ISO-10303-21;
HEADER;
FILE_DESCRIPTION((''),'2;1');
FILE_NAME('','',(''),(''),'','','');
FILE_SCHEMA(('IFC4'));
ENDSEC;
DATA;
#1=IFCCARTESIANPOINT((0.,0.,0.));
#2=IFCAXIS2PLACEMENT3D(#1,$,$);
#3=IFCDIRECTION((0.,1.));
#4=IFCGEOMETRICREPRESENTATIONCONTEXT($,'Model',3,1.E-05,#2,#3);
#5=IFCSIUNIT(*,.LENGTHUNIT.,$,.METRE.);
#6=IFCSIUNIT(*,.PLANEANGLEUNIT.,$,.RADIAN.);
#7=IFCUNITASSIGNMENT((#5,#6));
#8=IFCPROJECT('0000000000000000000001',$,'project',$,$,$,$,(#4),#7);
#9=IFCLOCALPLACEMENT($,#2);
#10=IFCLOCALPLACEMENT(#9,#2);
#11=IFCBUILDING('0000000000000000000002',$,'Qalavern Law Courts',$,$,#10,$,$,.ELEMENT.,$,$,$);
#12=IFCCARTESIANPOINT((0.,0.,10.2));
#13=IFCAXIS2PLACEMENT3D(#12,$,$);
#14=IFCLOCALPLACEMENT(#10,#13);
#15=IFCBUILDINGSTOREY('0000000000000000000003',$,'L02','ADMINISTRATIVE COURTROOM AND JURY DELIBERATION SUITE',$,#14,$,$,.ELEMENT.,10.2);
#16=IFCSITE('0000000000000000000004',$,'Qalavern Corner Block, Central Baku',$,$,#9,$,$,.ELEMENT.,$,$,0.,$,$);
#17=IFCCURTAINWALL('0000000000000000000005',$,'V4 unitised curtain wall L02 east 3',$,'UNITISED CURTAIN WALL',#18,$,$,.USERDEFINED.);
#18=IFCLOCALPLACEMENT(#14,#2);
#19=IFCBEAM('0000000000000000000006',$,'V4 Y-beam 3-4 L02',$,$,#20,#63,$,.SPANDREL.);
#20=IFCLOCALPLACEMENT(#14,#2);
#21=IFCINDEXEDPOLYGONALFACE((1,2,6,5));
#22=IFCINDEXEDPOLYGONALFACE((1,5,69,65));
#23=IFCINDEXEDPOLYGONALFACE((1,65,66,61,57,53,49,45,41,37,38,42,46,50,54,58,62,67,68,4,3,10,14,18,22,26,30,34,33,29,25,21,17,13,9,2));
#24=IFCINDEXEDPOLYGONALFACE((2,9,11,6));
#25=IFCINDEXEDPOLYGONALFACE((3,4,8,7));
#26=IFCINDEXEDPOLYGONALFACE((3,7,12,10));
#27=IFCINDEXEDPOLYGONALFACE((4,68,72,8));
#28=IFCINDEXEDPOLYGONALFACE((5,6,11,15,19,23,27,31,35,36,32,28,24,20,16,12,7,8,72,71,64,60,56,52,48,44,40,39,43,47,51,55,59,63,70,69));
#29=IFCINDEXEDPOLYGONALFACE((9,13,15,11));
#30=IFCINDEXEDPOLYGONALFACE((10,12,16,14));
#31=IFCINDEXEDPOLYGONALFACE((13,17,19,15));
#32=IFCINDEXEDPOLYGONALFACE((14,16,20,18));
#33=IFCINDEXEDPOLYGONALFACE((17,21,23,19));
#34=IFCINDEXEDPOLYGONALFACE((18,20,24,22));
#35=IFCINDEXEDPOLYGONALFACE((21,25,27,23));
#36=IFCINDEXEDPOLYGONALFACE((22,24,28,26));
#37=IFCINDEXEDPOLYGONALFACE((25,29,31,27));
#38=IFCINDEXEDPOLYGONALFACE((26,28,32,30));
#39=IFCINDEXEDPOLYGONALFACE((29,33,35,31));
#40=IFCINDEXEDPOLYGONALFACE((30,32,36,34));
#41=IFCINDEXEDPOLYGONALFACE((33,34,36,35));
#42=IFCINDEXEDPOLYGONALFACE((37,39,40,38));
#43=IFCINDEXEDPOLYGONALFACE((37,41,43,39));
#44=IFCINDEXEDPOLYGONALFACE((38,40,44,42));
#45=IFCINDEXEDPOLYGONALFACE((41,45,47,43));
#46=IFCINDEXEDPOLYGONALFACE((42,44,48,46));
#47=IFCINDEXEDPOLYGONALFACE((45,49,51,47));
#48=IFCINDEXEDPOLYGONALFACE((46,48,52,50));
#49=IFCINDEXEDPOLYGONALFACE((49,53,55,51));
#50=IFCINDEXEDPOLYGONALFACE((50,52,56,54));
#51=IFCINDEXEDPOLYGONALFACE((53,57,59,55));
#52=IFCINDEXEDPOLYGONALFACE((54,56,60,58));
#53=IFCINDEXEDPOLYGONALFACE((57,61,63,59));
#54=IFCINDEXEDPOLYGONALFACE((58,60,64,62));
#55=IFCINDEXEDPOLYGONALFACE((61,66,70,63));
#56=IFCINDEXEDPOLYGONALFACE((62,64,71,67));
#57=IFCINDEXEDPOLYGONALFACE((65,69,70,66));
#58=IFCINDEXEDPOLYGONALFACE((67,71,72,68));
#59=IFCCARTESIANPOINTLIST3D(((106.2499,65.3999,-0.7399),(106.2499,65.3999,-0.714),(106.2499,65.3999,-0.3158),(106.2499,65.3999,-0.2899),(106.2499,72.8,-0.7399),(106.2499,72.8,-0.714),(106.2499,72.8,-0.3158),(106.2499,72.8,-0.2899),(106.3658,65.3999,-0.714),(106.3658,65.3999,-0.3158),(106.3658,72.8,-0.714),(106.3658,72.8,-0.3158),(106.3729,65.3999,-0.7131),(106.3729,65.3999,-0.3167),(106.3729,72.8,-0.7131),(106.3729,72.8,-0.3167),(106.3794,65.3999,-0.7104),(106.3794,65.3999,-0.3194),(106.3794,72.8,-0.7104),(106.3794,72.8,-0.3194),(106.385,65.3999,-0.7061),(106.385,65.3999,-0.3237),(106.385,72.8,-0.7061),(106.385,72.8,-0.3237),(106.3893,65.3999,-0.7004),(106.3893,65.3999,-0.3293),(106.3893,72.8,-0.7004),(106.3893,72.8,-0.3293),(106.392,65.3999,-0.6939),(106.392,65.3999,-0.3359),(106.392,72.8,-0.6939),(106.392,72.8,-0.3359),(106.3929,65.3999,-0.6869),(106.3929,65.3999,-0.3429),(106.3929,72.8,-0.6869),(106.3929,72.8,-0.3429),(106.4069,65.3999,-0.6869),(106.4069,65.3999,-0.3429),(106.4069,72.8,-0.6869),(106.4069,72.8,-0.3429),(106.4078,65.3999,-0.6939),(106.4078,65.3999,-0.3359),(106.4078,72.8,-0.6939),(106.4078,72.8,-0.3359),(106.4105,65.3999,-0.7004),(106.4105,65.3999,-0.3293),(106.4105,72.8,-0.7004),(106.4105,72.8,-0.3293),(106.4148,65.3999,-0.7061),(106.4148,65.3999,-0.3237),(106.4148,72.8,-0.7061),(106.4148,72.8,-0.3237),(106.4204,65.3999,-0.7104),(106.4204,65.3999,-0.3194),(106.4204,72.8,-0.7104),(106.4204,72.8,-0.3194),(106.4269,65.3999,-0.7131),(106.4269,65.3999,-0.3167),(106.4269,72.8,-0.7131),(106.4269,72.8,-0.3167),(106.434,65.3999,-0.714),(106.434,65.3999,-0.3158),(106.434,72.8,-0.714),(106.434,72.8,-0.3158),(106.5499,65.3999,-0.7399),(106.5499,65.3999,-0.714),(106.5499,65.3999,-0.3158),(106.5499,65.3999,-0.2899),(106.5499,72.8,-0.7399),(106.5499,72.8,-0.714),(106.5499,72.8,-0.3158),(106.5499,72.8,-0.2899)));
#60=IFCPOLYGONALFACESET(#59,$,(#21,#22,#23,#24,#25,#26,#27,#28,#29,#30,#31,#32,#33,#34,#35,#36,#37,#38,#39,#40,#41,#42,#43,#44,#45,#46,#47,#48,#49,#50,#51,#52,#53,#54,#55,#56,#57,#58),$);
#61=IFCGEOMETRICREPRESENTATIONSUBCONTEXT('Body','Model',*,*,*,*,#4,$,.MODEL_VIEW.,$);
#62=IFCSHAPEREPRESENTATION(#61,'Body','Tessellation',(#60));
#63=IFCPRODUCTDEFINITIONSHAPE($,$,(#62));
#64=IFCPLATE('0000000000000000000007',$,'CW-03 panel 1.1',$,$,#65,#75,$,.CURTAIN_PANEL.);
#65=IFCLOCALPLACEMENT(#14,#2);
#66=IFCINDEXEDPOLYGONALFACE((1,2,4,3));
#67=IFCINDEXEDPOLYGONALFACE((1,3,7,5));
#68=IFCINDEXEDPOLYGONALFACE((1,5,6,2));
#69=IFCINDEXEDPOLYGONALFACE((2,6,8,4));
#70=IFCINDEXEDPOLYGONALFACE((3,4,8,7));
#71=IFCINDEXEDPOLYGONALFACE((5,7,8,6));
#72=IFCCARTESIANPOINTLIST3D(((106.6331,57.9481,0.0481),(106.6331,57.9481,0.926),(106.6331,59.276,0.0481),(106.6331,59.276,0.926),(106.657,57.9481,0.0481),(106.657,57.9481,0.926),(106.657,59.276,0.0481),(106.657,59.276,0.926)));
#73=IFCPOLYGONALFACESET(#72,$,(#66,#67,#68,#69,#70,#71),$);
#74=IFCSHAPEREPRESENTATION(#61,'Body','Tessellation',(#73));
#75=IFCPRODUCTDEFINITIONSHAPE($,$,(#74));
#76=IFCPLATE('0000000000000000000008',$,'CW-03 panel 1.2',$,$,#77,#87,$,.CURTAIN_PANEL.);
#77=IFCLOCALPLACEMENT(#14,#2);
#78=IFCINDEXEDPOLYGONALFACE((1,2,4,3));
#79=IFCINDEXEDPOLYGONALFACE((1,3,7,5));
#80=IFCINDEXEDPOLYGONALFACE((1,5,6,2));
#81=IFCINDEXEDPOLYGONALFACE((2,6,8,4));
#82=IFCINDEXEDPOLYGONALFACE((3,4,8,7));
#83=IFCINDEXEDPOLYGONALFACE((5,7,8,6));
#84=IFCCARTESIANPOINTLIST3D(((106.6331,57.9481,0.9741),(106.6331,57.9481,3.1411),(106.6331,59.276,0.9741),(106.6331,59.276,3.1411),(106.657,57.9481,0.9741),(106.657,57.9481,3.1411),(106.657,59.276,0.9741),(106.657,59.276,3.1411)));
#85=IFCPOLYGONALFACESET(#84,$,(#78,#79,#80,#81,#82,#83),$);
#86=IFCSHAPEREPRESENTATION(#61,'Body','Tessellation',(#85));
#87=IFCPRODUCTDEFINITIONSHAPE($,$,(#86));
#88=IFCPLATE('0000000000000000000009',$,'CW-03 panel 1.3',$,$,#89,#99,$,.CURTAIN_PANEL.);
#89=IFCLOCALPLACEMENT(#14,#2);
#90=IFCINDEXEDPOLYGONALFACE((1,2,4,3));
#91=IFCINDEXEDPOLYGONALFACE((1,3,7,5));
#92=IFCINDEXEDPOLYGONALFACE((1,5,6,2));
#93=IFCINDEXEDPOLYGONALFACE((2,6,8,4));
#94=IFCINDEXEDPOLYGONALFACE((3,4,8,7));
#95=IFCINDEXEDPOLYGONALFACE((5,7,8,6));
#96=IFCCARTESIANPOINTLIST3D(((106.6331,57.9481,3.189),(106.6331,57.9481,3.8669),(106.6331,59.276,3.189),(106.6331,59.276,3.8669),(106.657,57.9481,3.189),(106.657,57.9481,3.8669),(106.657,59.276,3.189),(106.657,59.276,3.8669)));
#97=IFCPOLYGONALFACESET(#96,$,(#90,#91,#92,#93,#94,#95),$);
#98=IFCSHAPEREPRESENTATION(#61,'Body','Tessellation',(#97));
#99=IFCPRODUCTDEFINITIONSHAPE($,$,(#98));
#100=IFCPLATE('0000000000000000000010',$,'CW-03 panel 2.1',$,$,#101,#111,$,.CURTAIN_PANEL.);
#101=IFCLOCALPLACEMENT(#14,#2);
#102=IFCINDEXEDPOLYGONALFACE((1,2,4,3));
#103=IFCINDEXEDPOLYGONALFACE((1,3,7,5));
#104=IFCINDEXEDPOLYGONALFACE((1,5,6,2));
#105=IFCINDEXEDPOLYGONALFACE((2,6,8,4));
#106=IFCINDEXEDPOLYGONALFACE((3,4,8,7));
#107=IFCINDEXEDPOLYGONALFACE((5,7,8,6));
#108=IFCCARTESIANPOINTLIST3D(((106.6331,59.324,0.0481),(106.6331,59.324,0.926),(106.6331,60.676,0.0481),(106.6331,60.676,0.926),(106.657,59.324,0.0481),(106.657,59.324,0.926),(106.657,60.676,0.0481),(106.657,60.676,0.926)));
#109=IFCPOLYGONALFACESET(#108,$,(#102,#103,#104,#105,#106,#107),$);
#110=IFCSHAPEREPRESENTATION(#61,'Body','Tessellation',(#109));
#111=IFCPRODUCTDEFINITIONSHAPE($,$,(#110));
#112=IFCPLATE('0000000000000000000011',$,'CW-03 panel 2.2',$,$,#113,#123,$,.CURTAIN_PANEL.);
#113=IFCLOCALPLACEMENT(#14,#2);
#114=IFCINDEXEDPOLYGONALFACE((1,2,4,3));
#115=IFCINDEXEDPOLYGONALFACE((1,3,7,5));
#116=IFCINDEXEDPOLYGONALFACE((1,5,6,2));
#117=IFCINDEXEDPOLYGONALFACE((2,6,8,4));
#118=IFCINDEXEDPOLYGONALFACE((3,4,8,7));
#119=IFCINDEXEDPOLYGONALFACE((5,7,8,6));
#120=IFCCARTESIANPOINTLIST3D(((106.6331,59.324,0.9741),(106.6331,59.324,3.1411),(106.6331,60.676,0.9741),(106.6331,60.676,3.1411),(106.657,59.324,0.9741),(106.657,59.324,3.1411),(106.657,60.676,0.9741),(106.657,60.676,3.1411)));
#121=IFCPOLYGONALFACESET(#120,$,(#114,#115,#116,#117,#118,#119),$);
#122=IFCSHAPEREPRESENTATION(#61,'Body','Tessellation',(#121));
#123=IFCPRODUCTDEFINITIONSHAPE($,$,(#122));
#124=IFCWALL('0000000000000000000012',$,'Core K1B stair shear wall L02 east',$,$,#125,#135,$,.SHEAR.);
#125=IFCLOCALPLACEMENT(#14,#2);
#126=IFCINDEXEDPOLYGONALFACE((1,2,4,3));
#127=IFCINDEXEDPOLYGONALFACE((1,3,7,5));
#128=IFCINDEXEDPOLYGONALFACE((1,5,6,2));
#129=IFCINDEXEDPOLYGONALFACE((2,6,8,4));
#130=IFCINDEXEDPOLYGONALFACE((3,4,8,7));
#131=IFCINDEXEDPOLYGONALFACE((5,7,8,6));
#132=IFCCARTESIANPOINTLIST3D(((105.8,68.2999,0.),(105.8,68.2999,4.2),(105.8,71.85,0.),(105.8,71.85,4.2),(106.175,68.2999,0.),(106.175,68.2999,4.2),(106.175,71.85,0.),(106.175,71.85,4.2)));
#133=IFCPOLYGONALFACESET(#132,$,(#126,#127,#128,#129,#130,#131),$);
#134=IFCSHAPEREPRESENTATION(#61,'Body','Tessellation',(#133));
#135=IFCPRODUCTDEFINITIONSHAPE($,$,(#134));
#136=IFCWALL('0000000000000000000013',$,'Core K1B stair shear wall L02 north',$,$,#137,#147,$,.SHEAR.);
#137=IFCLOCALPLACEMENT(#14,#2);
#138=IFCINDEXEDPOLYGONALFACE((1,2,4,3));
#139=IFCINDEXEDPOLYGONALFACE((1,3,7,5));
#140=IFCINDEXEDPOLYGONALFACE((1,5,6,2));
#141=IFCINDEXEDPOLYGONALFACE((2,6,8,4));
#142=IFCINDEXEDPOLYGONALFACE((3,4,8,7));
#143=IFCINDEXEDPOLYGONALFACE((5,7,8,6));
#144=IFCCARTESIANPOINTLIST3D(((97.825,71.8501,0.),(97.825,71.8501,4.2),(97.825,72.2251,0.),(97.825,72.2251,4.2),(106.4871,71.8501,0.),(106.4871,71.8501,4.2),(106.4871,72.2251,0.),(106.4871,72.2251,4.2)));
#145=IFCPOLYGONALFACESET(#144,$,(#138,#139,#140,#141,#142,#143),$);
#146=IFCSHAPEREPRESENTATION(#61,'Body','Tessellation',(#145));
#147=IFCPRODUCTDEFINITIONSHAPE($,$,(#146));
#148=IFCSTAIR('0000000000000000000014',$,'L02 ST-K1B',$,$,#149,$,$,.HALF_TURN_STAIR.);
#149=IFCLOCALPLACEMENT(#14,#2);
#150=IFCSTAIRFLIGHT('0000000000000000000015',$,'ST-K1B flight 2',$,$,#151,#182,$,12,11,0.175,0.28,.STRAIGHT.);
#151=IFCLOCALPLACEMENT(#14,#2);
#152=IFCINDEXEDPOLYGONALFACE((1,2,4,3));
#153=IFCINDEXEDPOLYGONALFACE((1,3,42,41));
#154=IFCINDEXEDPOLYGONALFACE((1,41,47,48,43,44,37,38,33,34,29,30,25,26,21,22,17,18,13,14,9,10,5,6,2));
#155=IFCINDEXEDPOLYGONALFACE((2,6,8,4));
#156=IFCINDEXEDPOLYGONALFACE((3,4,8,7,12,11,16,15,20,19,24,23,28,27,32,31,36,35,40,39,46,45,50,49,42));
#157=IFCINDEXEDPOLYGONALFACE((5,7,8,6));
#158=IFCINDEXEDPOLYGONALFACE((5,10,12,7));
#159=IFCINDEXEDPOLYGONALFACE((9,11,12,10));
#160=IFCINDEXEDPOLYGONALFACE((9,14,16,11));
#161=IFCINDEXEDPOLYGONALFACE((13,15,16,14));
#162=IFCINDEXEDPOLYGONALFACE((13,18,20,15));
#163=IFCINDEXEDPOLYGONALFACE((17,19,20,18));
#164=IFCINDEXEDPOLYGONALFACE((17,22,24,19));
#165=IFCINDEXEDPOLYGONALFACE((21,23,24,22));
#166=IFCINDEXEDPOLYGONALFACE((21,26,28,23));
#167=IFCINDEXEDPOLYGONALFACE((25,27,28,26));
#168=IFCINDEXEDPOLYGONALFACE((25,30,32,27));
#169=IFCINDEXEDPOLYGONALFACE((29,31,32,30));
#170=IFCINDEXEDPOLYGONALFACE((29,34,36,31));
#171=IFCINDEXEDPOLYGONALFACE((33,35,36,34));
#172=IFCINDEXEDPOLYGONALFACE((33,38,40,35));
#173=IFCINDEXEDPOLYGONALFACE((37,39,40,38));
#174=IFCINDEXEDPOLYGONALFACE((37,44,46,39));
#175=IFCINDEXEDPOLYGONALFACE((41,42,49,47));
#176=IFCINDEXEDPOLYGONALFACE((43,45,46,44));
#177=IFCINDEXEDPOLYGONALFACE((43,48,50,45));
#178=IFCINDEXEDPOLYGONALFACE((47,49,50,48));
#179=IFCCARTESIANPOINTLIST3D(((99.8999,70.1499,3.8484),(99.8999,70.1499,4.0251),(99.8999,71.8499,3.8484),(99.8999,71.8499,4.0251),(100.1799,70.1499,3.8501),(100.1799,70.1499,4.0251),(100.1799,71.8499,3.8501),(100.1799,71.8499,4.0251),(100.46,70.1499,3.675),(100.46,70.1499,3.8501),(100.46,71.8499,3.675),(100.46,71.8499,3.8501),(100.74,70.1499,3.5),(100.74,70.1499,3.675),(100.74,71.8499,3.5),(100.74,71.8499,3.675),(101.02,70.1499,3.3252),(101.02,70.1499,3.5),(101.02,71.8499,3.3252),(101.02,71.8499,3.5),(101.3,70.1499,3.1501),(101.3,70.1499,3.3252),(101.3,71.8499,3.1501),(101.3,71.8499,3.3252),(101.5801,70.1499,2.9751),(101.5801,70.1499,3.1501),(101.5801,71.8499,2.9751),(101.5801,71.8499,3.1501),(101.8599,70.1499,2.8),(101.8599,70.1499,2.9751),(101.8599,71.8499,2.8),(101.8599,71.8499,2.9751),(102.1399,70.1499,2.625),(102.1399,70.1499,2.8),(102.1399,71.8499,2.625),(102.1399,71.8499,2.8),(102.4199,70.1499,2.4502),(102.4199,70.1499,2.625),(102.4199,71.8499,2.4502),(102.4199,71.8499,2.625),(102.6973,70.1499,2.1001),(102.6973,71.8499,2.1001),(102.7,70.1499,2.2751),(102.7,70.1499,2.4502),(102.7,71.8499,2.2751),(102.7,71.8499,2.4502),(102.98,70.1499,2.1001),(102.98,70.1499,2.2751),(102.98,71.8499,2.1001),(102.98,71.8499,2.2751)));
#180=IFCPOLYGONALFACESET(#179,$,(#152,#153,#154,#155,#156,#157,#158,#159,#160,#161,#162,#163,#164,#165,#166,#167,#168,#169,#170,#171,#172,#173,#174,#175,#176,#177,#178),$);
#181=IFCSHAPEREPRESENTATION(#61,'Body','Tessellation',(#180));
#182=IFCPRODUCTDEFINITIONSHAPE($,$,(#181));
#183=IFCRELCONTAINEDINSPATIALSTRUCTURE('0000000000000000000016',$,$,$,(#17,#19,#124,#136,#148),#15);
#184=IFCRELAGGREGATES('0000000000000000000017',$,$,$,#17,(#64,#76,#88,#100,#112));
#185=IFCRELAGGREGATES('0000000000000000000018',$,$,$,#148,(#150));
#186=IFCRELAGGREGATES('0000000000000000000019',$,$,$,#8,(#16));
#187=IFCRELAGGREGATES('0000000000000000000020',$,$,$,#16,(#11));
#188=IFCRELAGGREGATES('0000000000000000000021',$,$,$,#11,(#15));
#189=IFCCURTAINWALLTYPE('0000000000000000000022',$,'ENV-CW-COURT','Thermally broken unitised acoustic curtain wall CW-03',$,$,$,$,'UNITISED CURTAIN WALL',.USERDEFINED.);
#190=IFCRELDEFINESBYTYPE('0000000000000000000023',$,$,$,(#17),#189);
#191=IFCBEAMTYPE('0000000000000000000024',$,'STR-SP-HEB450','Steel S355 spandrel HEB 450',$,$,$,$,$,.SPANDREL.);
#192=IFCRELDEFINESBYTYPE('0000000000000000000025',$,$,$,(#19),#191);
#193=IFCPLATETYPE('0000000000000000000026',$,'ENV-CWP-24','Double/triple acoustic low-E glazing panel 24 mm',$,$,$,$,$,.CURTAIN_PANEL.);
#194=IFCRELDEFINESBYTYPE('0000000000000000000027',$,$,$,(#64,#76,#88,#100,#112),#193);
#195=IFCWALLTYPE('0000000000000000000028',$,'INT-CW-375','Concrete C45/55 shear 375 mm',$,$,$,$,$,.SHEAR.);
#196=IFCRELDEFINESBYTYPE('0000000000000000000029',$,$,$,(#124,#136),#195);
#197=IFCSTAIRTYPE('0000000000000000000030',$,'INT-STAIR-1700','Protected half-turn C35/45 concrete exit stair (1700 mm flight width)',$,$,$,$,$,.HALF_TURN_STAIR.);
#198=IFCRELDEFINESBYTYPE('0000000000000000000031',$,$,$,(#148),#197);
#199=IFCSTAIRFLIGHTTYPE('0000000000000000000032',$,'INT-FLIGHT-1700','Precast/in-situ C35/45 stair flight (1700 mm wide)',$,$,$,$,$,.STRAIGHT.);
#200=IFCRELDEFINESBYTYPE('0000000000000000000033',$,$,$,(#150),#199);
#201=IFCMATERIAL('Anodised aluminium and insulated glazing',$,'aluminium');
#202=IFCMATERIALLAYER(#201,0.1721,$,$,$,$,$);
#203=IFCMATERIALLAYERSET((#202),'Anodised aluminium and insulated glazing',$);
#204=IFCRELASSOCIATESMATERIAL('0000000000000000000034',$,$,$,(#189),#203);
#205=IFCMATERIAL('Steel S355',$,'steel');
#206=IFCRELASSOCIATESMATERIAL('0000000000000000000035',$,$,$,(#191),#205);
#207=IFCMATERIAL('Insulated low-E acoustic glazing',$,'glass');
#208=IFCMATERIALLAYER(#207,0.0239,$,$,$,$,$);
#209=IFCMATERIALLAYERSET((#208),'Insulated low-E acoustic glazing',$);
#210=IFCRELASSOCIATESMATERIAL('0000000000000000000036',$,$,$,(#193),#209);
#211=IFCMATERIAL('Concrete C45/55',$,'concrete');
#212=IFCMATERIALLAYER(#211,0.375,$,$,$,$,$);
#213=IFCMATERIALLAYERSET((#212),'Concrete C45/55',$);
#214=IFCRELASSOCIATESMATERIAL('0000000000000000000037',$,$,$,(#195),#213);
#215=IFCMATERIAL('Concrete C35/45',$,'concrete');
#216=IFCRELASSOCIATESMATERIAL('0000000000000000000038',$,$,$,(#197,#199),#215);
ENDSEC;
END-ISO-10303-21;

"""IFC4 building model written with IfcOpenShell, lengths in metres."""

from ifc_helpers import new_model, si_unit, direction, frame, frame_2d, origin, origin_2d, place, context, subcontext, project, spatial, polyline, rectangle, i_section, outline, extrude, material, layer, layer_set, material_profile, profile_set, type_object, element, aggregate, save


model = new_model("IFC4")

# Units and contexts
model_context = context("Model", 3, precision=1e-05, world=origin(), true_north=direction((0.0, 1.0)))
body_context = subcontext(model_context, "Body", "Model", "MODEL_VIEW")
ifc_project = project(units=[si_unit("LENGTHUNIT", "METRE"), si_unit("PLANEANGLEUNIT", "RADIAN")], contexts=[model_context])

# Site, building, storey
site_placement = place(None, origin())
site = spatial("IfcSite", under=ifc_project, at=site_placement, Name="Qalavern Corner Block, Central Baku", CompositionType="ELEMENT", RefElevation=0.0)
building_placement = place(site_placement, origin())
building = spatial("IfcBuilding", under=site, at=building_placement, Name="Qalavern Law Courts", CompositionType="ELEMENT")
storey_placement = place(building_placement, frame((0.0, 0.0, 10.2)))
storey = spatial("IfcBuildingStorey", under=building, at=storey_placement, Name="L02", Description="ADMINISTRATIVE COURTROOM AND JURY DELIBERATION SUITE", CompositionType="ELEMENT", Elevation=10.2)

# Shared definitions
ifc_material_1 = material(Name="Concrete C45/55", Category="concrete")

# Curtain wall
ifc_material_2 = material(Name="Anodised aluminium and insulated glazing", Category="aluminium")
ifc_layer_1 = layer(ifc_material_2, 0.1721)
ifc_layer_set_1 = layer_set([ifc_layer_1], Name="Anodised aluminium and insulated glazing")
curtain_wall_type = type_object("IfcCurtainWallType", Name="ENV-CW-COURT", Description="Thermally broken unitised acoustic curtain wall CW-03", ElementType="UNITISED CURTAIN WALL", PredefinedType="USERDEFINED", material=ifc_layer_set_1)
curtain_wall_placement = place(storey_placement, origin())
curtain_wall = element("IfcCurtainWall", 1, at=curtain_wall_placement, inside=storey, type_object=curtain_wall_type, Name="V4 unitised curtain wall L02 east 3", ObjectType="UNITISED CURTAIN WALL", PredefinedType="USERDEFINED")

# Beam
ifc_material_3 = material(Name="Steel S355", Category="steel")
ifc_material_profile_1 = material_profile(ifc_material_3, i_section(OverallWidth=0.3, OverallDepth=0.45, WebThickness=0.0139, FlangeThickness=0.0259, FilletRadius=0.0271, at=origin_2d()), Name="HEB 450")
ifc_profile_set_1 = profile_set([ifc_material_profile_1], Name="Steel S355")
beam_type = type_object("IfcBeamType", Name="STR-SP-HEB450", Description="Steel S355 spandrel HEB 450", PredefinedType="SPANDREL", material=ifc_profile_set_1)
beam_placement = place(storey_placement, frame((106.3999, 65.3999, -0.5149), z_axis=(0.0, 1.0, 0.0), x_axis=(-1.0, 0.0, 0.0)))
element("IfcBeam", 2, at=beam_placement, inside=storey, type_object=beam_type, Name="V4 Y-beam 3-4 L02", PredefinedType="SPANDREL", context=body_context, shape_type="SweptSolid", body=[
    extrude(i_section(OverallWidth=0.3, OverallDepth=0.45, WebThickness=0.0139, FlangeThickness=0.0259, FilletRadius=0.0271, at=origin_2d()), origin(), (0.0, 0.0, 1.0), 7.4001),
])

# Plates
ifc_material_4 = material(Name="Insulated low-E acoustic glazing", Category="glass")
ifc_layer_2 = layer(ifc_material_4, 0.0239)
ifc_layer_set_2 = layer_set([ifc_layer_2], Name="Insulated low-E acoustic glazing")
plate_type = type_object("IfcPlateType", Name="ENV-CWP-24", Description="Double/triple acoustic low-E glazing panel 24 mm", PredefinedType="CURTAIN_PANEL", material=ifc_layer_set_2)
plate_1_placement = place(storey_placement, frame((106.645, 58.6121, 0.0481), z_axis=(0.0, 0.0, 1.0), x_axis=(0.0, 1.0, 0.0)))
plate_1 = element("IfcPlate", 3, at=plate_1_placement, type_object=plate_type, Name="CW-03 panel 1.1", PredefinedType="CURTAIN_PANEL", context=body_context, shape_type="SweptSolid", body=[
    extrude(rectangle(XDim=1.3279, YDim=0.0239, at=origin_2d()), origin(), (0.0, 0.0, 1.0), 0.8779),
])
plate_2_placement = place(storey_placement, frame((106.645, 58.6121, 0.9741), z_axis=(0.0, 0.0, 1.0), x_axis=(0.0, 1.0, 0.0)))
plate_2 = element("IfcPlate", 4, at=plate_2_placement, type_object=plate_type, Name="CW-03 panel 1.2", PredefinedType="CURTAIN_PANEL", context=body_context, shape_type="SweptSolid", body=[
    extrude(rectangle(XDim=1.3279, YDim=0.0239, at=origin_2d()), origin(), (0.0, 0.0, 1.0), 2.167),
])
plate_3_placement = place(storey_placement, frame((106.645, 58.6121, 3.189), z_axis=(0.0, 0.0, 1.0), x_axis=(0.0, 1.0, 0.0)))
plate_3 = element("IfcPlate", 5, at=plate_3_placement, type_object=plate_type, Name="CW-03 panel 1.3", PredefinedType="CURTAIN_PANEL", context=body_context, shape_type="SweptSolid", body=[
    extrude(rectangle(XDim=1.3279, YDim=0.0239, at=origin_2d()), origin(), (0.0, 0.0, 1.0), 0.678),
])
plate_4_placement = place(storey_placement, frame((106.645, 60.0, 0.0481), z_axis=(0.0, 0.0, 1.0), x_axis=(0.0, 1.0, 0.0)))
plate_4 = element("IfcPlate", 6, at=plate_4_placement, type_object=plate_type, Name="CW-03 panel 2.1", PredefinedType="CURTAIN_PANEL", context=body_context, shape_type="SweptSolid", body=[
    extrude(rectangle(XDim=1.3521, YDim=0.0239, at=origin_2d()), origin(), (0.0, 0.0, 1.0), 0.8779),
])
plate_5_placement = place(storey_placement, frame((106.645, 60.0, 0.9741), z_axis=(0.0, 0.0, 1.0), x_axis=(0.0, 1.0, 0.0)))
plate_5 = element("IfcPlate", 7, at=plate_5_placement, type_object=plate_type, Name="CW-03 panel 2.2", PredefinedType="CURTAIN_PANEL", context=body_context, shape_type="SweptSolid", body=[
    extrude(rectangle(XDim=1.3521, YDim=0.0239, at=origin_2d()), origin(), (0.0, 0.0, 1.0), 2.167),
])
aggregate(curtain_wall, [plate_1, plate_2, plate_3, plate_4, plate_5])

# Walls
ifc_layer_3 = layer(ifc_material_1, 0.375)
ifc_layer_set_3 = layer_set([ifc_layer_3], Name="Concrete C45/55")
wall_type = type_object("IfcWallType", Name="INT-CW-375", Description="Concrete C45/55 shear 375 mm", PredefinedType="SHEAR", material=ifc_layer_set_3)
wall_1_placement = place(storey_placement, frame((105.9875, 68.3, 0.0), z_axis=(0.0, 0.0, 1.0), x_axis=(0.0, 1.0, 0.0)))
element("IfcWall", 8, at=wall_1_placement, inside=storey, type_object=wall_type, Name="Core K1B stair shear wall L02 east", PredefinedType="SHEAR", context=body_context, shape_type="SweptSolid", body=[
    extrude(rectangle(XDim=3.55, YDim=0.375, at=frame_2d((1.7749, 0.0))), origin(), (0.0, 0.0, 1.0), 4.2),
])
wall_2_placement = place(storey_placement, frame((106.4871, 72.0376, 0.0), z_axis=(0.0, 0.0, 1.0), x_axis=(-1.0, 0.0, 0.0)))
element("IfcWall", 9, at=wall_2_placement, inside=storey, type_object=wall_type, Name="Core K1B stair shear wall L02 north", PredefinedType="SHEAR", context=body_context, shape_type="SweptSolid", body=[
    extrude(rectangle(XDim=8.6621, YDim=0.375, at=frame_2d((4.3311, 0.0))), origin(), (0.0, 0.0, 1.0), 4.2),
])

# Stair, stair flight
ifc_material_5 = material(Name="Concrete C35/45", Category="concrete")
stair_type = type_object("IfcStairType", Name="INT-STAIR-1700", Description="Protected half-turn C35/45 concrete exit stair (1700 mm flight width)", PredefinedType="HALF_TURN_STAIR", material=ifc_material_5)
stair_placement = place(storey_placement, origin())
stair = element("IfcStair", 10, at=stair_placement, inside=storey, type_object=stair_type, Name="L02 ST-K1B", PredefinedType="HALF_TURN_STAIR")
stair_flight_type = type_object("IfcStairFlightType", Name="INT-FLIGHT-1700", Description="Precast/in-situ C35/45 stair flight (1700 mm wide)", PredefinedType="STRAIGHT", material=ifc_material_5)
stair_flight_placement = place(storey_placement, frame((102.98, 71.0, 2.1001), z_axis=(0.0, 0.0, 1.0), x_axis=(-1.0, 0.0, 0.0)))
stair_flight = element("IfcStairFlight", 11, at=stair_flight_placement, type_object=stair_flight_type, Name="ST-K1B flight 2", NumberOfRisers=12, NumberOfTreads=11, PredefinedType="STRAIGHT", RiserHeight=0.175, TreadLength=0.28, context=body_context, shape_type="SweptSolid", body=[
    extrude(outline(polyline([(0.0, 0.0), (0.0, 0.175), (0.28, 0.175), (0.28, 0.3501), (0.5601, 0.3501), (0.5601, 0.5249), (0.8401, 0.5249), (0.8401, 0.7), (1.1201, 0.7), (1.1201, 0.875), (1.3999, 0.875), (1.3999, 1.05), (1.6799, 1.05), (1.6799, 1.2251), (1.96, 1.2251), (1.96, 1.3999), (2.24, 1.3999), (2.24, 1.575), (2.52, 1.575), (2.52, 1.75), (2.8, 1.75), (2.8, 1.925), (3.0801, 1.925), (3.0801, 2.1001), (3.0801, 1.7483), (0.2827, 0.0), (0.0, 0.0)])), frame((0.0, 0.8501, 0.0), z_axis=(0.0, -1.0, 0.0), x_axis=(1.0, 0.0, 0.0)), (0.0, 0.0, 1.0), 1.7),
])
aggregate(stair, [stair_flight])

save(model, "model.ifc")
